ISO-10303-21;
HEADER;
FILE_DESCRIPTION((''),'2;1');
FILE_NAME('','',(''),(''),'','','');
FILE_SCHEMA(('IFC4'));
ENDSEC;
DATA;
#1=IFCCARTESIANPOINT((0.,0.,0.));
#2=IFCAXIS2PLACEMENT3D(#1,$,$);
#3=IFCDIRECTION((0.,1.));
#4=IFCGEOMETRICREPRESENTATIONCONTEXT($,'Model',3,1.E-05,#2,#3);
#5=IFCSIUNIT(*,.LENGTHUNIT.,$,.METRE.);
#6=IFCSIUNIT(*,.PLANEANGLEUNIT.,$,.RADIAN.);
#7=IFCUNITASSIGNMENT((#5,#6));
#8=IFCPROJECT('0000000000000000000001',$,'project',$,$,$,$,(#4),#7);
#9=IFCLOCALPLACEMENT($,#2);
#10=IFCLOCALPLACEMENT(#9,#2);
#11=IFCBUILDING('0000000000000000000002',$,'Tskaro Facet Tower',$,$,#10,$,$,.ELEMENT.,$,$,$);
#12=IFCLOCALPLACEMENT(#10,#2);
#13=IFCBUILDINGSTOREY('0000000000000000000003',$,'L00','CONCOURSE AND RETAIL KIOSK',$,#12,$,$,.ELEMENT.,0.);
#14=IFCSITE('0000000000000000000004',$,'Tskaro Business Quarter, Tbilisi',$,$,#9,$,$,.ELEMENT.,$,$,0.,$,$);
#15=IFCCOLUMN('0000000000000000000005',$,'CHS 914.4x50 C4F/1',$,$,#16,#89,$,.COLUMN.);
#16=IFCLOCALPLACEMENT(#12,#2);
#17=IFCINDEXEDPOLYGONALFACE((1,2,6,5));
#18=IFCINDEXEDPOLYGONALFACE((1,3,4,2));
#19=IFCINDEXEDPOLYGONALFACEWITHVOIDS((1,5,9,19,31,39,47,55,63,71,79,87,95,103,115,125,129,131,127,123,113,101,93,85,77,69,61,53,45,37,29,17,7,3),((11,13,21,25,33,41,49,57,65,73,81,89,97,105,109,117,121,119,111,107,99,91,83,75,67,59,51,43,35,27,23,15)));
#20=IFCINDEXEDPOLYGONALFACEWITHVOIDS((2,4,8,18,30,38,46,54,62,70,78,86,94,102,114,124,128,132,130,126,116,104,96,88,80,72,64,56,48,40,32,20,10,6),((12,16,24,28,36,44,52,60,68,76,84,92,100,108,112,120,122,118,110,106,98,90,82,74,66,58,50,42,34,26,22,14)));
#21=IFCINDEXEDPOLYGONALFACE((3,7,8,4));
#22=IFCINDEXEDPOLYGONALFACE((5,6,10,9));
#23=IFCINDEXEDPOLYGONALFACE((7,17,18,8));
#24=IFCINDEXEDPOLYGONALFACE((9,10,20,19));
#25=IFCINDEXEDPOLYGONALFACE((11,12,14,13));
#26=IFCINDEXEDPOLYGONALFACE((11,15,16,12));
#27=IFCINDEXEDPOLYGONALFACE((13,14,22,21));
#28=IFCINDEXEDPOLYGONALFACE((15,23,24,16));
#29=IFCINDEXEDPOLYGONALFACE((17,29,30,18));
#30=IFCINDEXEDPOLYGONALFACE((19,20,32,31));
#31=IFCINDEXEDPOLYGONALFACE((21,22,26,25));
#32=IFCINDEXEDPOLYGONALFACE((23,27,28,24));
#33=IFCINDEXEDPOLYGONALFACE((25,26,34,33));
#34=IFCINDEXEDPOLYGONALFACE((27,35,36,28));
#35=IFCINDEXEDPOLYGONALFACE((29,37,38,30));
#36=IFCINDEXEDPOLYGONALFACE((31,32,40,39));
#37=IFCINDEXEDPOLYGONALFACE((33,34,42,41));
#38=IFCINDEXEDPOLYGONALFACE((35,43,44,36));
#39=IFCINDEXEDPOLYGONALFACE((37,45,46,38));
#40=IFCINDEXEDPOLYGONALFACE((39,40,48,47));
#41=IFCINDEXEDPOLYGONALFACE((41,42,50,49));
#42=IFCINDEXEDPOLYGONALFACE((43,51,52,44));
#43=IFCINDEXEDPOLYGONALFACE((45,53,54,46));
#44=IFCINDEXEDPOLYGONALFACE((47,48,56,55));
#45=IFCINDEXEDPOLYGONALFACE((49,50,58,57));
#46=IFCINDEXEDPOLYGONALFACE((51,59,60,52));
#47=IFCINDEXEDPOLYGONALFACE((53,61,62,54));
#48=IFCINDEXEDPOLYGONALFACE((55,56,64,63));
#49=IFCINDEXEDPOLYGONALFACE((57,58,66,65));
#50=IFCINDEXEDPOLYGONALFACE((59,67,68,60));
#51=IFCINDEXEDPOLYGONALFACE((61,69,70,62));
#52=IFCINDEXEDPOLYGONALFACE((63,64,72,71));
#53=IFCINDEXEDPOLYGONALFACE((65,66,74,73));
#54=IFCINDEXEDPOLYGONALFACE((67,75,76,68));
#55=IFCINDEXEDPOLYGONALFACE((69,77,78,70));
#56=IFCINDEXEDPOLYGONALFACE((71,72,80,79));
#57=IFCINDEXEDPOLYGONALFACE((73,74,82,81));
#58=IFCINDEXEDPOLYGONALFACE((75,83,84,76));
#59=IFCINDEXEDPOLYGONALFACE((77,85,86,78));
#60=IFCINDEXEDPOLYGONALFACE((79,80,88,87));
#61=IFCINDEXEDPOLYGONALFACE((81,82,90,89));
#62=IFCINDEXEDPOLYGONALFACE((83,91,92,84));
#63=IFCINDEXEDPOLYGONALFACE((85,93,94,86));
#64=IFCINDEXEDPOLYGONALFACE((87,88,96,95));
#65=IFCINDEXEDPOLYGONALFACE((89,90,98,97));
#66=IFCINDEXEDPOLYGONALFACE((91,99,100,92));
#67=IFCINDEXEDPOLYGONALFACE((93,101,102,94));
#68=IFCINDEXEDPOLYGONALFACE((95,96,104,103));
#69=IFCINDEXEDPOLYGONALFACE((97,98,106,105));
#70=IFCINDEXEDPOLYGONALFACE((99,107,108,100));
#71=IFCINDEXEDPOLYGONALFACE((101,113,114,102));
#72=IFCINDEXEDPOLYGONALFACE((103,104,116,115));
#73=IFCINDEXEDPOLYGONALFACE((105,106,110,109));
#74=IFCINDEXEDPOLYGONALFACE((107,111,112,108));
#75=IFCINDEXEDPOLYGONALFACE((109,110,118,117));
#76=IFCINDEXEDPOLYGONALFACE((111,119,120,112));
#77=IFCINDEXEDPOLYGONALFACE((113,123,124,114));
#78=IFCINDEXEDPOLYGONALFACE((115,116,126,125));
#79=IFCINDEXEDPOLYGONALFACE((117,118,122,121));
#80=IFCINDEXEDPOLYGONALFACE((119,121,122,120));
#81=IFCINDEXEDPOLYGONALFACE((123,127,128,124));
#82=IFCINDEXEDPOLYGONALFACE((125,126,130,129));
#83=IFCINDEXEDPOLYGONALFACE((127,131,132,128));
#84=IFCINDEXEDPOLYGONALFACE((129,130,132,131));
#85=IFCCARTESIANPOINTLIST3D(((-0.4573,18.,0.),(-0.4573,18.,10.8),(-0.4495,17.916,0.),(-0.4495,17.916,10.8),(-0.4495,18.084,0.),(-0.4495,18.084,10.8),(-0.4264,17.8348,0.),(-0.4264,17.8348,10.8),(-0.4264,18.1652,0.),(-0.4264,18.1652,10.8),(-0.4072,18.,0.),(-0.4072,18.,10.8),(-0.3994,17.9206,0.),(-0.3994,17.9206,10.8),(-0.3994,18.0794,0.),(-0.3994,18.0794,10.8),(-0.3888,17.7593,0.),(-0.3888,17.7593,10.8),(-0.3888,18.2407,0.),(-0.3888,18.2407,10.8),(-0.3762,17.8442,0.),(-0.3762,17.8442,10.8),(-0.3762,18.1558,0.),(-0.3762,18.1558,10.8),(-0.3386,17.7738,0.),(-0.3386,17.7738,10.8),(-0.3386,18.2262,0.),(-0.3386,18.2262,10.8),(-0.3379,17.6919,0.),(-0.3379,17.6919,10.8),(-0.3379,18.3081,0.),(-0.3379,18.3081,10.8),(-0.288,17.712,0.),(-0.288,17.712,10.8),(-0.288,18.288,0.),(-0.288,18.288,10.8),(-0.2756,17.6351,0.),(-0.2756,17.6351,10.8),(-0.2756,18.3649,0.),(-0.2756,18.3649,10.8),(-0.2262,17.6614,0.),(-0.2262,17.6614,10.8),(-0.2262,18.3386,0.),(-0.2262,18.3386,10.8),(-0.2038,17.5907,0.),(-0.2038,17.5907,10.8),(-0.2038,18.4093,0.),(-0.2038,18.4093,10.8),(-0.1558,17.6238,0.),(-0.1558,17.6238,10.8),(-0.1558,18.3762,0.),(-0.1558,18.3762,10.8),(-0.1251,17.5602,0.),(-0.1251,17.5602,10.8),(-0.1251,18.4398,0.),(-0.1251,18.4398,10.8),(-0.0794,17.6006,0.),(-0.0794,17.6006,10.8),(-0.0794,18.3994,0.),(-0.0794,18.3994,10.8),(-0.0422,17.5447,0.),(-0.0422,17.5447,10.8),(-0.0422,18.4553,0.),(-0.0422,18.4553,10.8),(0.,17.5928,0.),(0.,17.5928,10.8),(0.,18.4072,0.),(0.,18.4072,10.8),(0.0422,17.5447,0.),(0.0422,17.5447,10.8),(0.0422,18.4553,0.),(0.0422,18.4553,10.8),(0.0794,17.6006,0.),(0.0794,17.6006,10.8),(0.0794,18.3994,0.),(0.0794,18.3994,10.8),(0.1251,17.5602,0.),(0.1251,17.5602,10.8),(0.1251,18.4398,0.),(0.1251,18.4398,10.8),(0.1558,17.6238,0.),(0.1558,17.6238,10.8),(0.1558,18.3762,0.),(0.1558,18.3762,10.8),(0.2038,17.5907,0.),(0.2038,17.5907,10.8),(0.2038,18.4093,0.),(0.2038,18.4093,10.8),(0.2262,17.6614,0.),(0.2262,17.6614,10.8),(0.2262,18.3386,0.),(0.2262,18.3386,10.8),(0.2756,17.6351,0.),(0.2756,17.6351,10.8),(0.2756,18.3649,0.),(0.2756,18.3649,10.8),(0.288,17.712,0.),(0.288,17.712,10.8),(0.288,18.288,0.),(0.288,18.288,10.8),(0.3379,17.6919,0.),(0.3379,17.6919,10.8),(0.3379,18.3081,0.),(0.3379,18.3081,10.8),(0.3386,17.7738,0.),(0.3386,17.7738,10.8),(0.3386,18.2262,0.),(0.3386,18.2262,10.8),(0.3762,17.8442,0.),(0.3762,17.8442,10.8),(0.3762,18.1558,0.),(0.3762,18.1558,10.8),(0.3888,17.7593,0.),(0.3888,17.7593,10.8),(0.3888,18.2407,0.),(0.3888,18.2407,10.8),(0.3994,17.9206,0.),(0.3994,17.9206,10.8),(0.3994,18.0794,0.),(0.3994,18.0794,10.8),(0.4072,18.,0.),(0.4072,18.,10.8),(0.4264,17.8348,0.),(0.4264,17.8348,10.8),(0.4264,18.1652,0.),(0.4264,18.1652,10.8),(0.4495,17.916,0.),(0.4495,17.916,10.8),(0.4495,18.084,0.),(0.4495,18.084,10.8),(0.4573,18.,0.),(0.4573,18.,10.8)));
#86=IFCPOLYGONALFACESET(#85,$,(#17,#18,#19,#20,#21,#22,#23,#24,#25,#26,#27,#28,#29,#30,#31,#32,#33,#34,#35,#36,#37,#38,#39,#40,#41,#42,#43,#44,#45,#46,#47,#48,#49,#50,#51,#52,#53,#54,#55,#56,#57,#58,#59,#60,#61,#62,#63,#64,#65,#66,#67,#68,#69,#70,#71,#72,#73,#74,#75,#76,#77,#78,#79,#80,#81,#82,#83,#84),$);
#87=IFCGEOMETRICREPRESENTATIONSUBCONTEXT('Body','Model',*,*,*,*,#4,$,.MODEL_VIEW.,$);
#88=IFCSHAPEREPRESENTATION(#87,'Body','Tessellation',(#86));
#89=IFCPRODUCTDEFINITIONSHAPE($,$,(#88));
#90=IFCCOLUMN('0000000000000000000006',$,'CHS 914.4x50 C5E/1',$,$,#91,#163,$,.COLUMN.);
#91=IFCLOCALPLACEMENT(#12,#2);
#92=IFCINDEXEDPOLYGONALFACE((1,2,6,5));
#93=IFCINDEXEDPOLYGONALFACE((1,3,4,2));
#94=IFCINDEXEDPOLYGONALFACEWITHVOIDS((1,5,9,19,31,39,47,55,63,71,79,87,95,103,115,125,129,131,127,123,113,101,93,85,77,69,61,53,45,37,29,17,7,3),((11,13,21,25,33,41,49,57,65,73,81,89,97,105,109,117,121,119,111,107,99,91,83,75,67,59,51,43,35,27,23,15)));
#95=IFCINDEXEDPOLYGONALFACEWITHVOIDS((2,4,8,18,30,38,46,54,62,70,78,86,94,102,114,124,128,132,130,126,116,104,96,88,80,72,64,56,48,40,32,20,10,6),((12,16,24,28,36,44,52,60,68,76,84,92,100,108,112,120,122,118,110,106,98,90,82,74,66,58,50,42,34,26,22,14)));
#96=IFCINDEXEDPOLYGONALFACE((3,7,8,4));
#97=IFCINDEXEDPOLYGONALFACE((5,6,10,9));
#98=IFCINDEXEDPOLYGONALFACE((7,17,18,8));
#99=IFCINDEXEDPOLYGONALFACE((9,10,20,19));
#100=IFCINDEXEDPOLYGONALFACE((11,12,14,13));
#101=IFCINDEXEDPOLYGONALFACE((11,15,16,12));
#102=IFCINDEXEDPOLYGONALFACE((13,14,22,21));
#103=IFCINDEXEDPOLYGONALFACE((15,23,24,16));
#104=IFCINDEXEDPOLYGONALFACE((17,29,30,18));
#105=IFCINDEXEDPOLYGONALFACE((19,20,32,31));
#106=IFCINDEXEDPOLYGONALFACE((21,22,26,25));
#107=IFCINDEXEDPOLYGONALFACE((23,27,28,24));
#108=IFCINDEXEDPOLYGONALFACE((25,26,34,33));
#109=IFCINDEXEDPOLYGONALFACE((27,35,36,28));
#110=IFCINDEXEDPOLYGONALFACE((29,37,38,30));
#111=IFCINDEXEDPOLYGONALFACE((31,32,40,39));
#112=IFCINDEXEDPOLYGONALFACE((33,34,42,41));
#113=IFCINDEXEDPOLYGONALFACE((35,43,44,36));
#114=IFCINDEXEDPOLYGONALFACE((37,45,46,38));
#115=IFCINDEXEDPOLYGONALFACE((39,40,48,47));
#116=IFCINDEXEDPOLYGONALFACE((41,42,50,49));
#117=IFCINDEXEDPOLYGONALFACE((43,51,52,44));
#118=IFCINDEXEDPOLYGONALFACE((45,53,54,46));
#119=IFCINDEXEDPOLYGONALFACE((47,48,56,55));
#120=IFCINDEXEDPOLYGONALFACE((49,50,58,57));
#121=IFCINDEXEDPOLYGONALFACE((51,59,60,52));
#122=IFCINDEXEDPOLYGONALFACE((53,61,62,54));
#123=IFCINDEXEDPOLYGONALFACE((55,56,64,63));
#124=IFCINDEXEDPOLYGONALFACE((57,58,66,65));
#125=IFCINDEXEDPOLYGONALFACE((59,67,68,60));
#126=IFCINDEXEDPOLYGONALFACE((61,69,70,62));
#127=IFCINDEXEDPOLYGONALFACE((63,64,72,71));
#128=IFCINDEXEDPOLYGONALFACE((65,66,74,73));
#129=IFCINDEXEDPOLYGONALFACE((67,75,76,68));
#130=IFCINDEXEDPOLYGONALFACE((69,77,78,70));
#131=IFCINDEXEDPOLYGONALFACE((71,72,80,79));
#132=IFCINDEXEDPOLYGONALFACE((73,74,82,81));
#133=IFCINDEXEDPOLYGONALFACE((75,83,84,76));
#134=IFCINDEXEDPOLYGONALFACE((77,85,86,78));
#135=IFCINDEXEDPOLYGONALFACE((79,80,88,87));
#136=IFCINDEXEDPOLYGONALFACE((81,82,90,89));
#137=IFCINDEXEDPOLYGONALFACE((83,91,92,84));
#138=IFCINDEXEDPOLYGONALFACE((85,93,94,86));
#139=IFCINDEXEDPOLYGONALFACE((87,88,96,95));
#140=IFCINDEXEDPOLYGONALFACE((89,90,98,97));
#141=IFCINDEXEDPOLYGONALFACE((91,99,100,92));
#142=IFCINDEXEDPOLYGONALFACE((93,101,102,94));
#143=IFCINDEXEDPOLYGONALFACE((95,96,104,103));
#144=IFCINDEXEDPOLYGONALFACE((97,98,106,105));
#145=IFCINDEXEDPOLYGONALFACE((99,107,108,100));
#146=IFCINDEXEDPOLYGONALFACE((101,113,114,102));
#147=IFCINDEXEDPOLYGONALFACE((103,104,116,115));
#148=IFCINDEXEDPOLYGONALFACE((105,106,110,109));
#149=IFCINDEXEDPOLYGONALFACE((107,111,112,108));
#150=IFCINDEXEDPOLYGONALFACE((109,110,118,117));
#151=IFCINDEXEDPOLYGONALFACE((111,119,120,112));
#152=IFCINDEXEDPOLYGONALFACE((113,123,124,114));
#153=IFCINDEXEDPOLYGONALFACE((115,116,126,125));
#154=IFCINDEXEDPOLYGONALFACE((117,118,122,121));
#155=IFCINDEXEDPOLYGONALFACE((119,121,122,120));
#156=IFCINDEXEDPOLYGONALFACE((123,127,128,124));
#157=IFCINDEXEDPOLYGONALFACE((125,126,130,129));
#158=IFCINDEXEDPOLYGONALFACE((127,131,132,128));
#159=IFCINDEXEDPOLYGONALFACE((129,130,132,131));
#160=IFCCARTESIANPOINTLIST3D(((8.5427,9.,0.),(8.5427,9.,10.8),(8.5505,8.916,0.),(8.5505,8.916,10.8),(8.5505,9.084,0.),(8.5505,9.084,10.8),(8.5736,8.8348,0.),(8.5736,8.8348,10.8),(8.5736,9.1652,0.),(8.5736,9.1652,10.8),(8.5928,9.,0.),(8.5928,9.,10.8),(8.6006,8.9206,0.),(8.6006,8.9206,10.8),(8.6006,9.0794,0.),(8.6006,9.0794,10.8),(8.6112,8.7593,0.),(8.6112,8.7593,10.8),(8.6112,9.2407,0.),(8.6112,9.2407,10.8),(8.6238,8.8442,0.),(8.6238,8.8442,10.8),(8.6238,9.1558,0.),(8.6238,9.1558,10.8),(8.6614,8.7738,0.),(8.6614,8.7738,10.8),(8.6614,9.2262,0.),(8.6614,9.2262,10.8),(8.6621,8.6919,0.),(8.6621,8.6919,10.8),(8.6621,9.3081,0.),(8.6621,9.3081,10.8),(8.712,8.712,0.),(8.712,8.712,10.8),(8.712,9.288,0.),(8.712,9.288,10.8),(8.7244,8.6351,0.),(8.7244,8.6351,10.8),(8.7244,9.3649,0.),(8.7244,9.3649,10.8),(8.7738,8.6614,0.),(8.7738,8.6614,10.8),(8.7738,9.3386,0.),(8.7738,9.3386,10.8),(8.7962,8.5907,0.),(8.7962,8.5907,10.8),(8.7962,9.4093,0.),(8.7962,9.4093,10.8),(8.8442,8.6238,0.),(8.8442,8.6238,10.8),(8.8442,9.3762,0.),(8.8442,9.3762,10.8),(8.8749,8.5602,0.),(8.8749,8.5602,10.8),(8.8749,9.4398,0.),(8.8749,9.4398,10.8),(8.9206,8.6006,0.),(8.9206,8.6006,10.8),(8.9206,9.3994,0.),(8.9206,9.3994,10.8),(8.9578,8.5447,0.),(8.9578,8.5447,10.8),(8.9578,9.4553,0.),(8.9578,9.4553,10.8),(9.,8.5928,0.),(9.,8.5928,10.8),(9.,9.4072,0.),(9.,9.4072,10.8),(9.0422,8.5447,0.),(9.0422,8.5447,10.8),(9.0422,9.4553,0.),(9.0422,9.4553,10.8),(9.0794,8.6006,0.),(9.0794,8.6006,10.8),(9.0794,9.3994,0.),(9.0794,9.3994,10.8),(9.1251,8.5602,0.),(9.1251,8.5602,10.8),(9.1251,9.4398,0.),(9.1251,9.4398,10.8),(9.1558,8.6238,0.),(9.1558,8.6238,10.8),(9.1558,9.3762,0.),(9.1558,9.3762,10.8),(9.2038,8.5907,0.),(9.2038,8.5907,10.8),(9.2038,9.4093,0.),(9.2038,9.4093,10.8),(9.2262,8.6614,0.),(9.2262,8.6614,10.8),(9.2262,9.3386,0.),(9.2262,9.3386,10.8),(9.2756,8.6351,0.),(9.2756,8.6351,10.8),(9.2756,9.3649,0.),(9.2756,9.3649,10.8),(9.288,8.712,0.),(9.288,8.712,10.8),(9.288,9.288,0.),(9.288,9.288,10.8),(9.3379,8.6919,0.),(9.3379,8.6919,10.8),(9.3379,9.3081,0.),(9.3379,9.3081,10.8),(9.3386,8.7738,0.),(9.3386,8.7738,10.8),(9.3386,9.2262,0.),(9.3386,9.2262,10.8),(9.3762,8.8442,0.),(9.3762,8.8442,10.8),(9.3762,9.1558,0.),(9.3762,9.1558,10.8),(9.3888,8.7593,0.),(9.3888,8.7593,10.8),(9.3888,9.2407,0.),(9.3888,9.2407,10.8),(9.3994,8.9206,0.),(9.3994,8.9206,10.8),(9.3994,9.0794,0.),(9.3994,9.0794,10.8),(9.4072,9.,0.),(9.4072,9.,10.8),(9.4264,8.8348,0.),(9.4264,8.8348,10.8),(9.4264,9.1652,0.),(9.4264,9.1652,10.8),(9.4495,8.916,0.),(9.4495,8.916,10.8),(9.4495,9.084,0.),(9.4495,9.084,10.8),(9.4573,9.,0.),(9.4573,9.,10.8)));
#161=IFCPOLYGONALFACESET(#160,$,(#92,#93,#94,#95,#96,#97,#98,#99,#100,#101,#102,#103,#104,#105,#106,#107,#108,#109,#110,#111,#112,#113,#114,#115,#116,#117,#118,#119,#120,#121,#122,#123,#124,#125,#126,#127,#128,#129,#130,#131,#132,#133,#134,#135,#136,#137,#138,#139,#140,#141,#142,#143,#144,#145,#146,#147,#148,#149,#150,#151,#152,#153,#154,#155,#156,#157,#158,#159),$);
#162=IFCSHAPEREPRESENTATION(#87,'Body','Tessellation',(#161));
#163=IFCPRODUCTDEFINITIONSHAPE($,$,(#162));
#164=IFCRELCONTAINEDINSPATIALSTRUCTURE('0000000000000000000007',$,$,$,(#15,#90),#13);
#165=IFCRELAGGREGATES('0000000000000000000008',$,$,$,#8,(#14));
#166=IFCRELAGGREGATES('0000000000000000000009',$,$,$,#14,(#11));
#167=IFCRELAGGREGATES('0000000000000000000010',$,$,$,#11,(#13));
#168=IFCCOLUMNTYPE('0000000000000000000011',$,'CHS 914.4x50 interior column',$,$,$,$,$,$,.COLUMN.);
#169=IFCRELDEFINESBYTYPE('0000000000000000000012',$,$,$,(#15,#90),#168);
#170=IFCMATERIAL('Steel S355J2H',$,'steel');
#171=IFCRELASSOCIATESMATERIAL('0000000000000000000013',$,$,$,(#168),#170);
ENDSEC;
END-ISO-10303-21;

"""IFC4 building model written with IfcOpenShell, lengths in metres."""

from ifc_helpers import new_model, si_unit, direction, frame, origin, origin_2d, place, context, subcontext, project, spatial, hollow_circle, extrude, material, material_profile, profile_set, type_object, element, save


model = new_model("IFC4")

# Units and contexts
model_context = context("Model", 3, precision=1e-05, world=origin(), true_north=direction((0.0, 1.0)))
body_context = subcontext(model_context, "Body", "Model", "MODEL_VIEW")
ifc_project = project(units=[si_unit("LENGTHUNIT", "METRE"), si_unit("PLANEANGLEUNIT", "RADIAN")], contexts=[model_context])

# Site, building, storey
site_placement = place(None, origin())
site = spatial("IfcSite", under=ifc_project, at=site_placement, Name="Tskaro Business Quarter, Tbilisi", CompositionType="ELEMENT", RefElevation=0.0)
building_placement = place(site_placement, origin())
building = spatial("IfcBuilding", under=site, at=building_placement, Name="Tskaro Facet Tower", CompositionType="ELEMENT")
storey_placement = place(building_placement, origin())
storey = spatial("IfcBuildingStorey", under=building, at=storey_placement, Name="L00", Description="CONCOURSE AND RETAIL KIOSK", CompositionType="ELEMENT", Elevation=0.0)

# Columns
ifc_material_1 = material(Name="Steel S355J2H", Category="steel")
ifc_material_profile_1 = material_profile(ifc_material_1, hollow_circle(Radius=0.4573, WallThickness=0.05, at=origin_2d()), Name="CHS 914.4x50")
ifc_profile_set_1 = profile_set([ifc_material_profile_1], Name="Steel S355J2H")
column_type_1 = type_object("IfcColumnType", Name="CHS 914.4x50 interior column", PredefinedType="COLUMN", material=ifc_profile_set_1)
for number, where, z_axis, x_axis, name in (
    (1, (0.0, 18.0, 0.0), (0.0, 0.0, 1.0), (1.0, 0.0, 0.0), "CHS 914.4x50 C4F/1"),
    (2, (9.0, 9.0, 0.0), (0.0, 0.0, 1.0), (1.0, 0.0, 0.0), "CHS 914.4x50 C5E/1"),
):
    element("IfcColumn", number, at=place(storey_placement, frame(where, z_axis=z_axis, x_axis=x_axis)), inside=storey, type_object=column_type_1, Name=name, PredefinedType="COLUMN", context=body_context, shape_type="SweptSolid", body=[
        extrude(hollow_circle(Radius=0.4573, WallThickness=0.05, at=origin_2d()), origin(), (0.0, 0.0, 1.0), 10.8),
    ])

save(model, "model.ifc")
